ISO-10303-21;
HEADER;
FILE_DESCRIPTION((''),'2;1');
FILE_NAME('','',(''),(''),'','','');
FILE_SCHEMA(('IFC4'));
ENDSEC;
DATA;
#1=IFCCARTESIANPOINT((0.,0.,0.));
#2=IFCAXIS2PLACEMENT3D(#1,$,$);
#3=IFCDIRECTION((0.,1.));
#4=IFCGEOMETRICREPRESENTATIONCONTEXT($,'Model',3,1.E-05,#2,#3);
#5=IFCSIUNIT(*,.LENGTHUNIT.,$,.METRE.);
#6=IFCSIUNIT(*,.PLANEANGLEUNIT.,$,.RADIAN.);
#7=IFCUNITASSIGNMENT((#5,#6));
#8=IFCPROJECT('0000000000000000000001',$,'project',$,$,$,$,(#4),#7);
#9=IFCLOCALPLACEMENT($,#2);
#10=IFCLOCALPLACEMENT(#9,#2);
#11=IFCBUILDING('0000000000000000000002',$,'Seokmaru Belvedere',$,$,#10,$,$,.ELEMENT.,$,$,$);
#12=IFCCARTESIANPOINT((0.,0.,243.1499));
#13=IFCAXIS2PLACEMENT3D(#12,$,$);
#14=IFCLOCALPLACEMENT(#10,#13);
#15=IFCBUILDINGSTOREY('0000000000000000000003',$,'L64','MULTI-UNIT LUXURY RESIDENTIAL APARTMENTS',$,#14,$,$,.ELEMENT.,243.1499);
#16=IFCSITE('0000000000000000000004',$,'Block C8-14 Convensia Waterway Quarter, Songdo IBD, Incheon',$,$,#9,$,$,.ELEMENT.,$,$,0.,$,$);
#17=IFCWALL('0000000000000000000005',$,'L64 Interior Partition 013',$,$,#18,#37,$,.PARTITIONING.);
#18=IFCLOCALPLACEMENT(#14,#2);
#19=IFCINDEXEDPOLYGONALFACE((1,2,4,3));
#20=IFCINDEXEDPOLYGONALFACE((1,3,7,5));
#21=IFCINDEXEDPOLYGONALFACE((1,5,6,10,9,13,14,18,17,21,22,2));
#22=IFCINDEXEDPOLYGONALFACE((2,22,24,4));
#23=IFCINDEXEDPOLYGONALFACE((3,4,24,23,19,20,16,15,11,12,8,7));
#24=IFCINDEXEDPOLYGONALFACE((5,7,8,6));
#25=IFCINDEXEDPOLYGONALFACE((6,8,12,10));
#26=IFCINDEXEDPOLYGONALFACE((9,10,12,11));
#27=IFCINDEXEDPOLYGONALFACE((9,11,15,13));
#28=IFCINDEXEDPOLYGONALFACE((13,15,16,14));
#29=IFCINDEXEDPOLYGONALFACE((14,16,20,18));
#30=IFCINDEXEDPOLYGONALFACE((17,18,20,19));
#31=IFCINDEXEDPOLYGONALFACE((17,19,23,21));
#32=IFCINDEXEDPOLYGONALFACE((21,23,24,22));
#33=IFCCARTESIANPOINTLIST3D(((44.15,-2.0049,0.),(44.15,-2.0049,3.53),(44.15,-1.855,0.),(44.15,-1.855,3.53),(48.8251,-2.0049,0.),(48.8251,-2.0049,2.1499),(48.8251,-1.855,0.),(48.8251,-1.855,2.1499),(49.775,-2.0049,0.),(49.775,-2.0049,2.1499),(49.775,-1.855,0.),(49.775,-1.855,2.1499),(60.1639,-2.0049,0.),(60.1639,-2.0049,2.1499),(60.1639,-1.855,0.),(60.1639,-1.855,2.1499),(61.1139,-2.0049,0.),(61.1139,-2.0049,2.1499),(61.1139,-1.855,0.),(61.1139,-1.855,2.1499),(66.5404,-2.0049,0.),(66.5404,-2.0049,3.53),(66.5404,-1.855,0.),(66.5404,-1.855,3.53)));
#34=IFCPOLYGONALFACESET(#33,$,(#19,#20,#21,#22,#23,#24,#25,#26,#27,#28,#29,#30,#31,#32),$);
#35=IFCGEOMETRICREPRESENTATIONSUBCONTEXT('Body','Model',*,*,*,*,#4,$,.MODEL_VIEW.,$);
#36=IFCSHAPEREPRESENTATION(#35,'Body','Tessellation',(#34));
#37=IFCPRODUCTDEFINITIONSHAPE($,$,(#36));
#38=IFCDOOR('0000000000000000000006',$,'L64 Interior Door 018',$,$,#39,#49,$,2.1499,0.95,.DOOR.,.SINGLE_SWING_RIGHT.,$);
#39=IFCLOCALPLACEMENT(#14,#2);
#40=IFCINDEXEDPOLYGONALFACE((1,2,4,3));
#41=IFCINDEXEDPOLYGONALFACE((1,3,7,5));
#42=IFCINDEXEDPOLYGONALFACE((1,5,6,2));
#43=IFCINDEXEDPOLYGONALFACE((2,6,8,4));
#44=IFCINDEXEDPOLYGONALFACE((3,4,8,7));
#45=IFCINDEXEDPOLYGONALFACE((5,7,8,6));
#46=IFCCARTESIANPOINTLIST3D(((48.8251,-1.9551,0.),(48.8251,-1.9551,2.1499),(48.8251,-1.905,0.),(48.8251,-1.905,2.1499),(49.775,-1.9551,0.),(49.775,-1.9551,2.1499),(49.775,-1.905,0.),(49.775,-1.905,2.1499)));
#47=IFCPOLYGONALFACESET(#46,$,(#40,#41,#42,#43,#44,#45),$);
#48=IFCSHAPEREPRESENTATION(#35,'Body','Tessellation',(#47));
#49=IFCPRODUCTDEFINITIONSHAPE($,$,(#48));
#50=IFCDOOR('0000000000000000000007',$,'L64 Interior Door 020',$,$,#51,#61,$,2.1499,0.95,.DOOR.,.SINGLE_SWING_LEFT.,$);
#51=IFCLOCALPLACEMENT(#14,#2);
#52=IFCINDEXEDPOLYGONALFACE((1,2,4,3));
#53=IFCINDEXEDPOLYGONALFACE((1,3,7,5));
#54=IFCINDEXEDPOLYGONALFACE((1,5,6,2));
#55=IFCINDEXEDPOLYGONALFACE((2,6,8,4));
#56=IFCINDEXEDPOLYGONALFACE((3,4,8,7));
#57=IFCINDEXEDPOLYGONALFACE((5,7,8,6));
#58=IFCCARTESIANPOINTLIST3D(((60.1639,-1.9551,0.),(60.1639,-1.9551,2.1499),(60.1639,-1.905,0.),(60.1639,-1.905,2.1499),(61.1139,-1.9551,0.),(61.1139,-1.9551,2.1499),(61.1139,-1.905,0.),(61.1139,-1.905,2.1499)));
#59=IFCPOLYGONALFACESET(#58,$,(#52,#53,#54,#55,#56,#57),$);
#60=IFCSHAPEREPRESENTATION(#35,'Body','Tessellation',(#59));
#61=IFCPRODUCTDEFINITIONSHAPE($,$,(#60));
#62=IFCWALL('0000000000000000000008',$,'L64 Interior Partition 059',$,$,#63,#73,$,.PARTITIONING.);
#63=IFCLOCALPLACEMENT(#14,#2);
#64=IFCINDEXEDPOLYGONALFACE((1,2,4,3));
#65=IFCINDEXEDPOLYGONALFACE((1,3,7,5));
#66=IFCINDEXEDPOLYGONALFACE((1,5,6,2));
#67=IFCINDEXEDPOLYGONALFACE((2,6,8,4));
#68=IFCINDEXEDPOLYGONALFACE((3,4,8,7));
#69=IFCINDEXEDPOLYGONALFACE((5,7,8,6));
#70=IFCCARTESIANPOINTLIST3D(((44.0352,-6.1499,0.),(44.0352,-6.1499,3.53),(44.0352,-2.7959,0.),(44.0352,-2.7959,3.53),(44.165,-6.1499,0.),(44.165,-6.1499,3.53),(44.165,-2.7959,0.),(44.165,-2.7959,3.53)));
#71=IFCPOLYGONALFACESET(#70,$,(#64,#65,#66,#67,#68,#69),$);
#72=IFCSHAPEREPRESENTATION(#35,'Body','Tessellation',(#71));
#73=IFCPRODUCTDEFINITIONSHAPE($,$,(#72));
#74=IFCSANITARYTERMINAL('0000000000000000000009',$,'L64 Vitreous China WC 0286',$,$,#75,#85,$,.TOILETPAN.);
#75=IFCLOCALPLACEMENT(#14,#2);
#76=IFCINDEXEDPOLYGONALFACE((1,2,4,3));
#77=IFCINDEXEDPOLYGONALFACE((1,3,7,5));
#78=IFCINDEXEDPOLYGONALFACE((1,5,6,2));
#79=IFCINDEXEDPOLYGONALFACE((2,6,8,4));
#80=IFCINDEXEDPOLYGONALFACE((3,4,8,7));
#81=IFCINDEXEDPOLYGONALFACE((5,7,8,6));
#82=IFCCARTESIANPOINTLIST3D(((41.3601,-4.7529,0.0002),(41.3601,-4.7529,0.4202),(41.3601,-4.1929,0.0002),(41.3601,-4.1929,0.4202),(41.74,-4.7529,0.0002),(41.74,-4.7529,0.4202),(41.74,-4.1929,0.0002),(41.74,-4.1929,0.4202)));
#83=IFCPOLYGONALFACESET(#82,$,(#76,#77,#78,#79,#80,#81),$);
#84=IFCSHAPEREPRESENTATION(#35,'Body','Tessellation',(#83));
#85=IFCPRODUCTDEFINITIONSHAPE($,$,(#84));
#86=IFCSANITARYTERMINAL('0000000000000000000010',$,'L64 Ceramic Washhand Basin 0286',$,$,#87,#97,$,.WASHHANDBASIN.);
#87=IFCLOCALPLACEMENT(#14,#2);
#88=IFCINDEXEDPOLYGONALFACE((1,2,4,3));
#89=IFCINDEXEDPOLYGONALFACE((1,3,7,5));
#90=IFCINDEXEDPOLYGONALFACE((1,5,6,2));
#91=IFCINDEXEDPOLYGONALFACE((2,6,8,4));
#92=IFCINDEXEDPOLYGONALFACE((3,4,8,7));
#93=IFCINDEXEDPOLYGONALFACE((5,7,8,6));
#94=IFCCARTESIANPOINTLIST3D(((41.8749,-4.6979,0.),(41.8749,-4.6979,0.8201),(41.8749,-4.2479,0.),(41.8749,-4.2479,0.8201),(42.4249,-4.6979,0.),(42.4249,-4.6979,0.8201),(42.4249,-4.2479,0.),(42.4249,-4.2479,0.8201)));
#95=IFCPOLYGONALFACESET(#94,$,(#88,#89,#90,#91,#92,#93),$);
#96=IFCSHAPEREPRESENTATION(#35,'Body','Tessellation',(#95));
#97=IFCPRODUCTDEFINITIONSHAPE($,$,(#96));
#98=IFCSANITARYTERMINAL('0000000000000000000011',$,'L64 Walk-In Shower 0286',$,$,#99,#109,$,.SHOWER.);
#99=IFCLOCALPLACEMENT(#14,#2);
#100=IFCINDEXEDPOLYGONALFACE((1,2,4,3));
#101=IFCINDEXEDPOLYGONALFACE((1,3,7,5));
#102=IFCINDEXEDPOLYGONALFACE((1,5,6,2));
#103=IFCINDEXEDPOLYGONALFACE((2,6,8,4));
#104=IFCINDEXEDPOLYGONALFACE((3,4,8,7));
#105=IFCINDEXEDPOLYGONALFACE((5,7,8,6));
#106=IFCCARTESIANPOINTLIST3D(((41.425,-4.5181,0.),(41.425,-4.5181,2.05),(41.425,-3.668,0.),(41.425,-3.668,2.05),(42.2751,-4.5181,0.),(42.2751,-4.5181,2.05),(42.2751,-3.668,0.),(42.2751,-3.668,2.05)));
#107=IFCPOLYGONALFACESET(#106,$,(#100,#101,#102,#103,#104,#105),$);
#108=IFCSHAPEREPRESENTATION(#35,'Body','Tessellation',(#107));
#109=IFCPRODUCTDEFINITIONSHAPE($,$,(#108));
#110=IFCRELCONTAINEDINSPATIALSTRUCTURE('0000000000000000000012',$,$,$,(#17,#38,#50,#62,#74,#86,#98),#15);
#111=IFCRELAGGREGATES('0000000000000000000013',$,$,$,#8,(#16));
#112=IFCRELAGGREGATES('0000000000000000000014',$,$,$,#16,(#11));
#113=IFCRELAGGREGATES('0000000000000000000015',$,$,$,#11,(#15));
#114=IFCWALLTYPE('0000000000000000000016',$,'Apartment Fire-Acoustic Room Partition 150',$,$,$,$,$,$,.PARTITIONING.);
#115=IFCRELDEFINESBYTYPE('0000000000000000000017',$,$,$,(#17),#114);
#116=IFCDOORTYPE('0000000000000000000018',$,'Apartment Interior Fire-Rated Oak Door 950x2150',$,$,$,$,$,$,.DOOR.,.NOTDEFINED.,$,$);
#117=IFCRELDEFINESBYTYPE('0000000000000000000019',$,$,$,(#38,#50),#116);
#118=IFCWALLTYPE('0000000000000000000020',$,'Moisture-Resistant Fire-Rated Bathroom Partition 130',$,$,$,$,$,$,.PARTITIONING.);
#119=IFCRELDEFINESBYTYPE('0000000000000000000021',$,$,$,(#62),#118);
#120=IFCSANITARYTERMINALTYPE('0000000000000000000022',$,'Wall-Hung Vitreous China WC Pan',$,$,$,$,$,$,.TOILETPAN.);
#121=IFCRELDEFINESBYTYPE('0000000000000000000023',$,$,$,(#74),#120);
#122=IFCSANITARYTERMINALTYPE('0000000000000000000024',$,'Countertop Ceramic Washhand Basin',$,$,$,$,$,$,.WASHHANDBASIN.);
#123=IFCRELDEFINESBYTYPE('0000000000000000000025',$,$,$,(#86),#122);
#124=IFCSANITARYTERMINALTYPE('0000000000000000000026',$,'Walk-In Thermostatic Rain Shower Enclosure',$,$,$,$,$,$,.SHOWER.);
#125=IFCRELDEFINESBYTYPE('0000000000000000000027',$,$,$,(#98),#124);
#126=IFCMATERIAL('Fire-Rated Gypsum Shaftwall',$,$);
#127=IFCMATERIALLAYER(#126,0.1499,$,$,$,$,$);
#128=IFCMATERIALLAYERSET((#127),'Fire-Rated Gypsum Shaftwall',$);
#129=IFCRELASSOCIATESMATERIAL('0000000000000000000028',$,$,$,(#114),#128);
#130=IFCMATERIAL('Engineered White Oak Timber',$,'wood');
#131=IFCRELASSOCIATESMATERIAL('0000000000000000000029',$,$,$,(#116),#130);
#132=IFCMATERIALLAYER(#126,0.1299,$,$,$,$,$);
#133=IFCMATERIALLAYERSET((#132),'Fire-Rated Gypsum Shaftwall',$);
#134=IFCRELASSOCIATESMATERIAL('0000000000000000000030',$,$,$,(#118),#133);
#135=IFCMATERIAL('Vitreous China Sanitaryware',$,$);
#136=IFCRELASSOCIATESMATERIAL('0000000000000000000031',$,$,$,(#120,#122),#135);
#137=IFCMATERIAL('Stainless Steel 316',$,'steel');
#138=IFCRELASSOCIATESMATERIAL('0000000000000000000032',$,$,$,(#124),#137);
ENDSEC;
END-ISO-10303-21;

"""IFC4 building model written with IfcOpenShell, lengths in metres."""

from ifc_helpers import new_model, si_unit, direction, frame, frame_2d, origin, origin_2d, place, context, subcontext, project, spatial, rectangle, extrude, source, transform, mapped, material, layer, layer_set, type_object, type_shapes, element, fill, save


model = new_model("IFC4")

# Units and contexts
model_context = context("Model", 3, precision=1e-05, world=origin(), true_north=direction((0.0, 1.0)))
body_context = subcontext(model_context, "Body", "Model", "MODEL_VIEW")
ifc_project = project(units=[si_unit("LENGTHUNIT", "METRE"), si_unit("PLANEANGLEUNIT", "RADIAN")], contexts=[model_context])

# Site, building, storey
site_placement = place(None, origin())
site = spatial("IfcSite", under=ifc_project, at=site_placement, Name="Block C8-14 Convensia Waterway Quarter, Songdo IBD, Incheon", CompositionType="ELEMENT", RefElevation=0.0)
building_placement = place(site_placement, origin())
building = spatial("IfcBuilding", under=site, at=building_placement, Name="Seokmaru Belvedere", CompositionType="ELEMENT")
storey_placement = place(building_placement, frame((0.0, 0.0, 243.1499)))
storey = spatial("IfcBuildingStorey", under=building, at=storey_placement, Name="L64", Description="MULTI-UNIT LUXURY RESIDENTIAL APARTMENTS", CompositionType="ELEMENT", Elevation=243.1499)

# Wall, openings, doors
ifc_material_1 = material(Name="Fire-Rated Gypsum Shaftwall")
ifc_layer_1 = layer(ifc_material_1, 0.1499)
ifc_layer_set_1 = layer_set([ifc_layer_1], Name="Fire-Rated Gypsum Shaftwall")
wall_type_1 = type_object("IfcWallType", Name="Apartment Fire-Acoustic Room Partition 150", PredefinedType="PARTITIONING", material=ifc_layer_set_1)
wall_1_placement = place(storey_placement, frame((44.1499, -1.9299, 0.0), z_axis=(0.0, 0.0, 1.0), x_axis=(1.0, 0.0, 0.0)))
wall_1 = element("IfcWall", 1, at=wall_1_placement, inside=storey, type_object=wall_type_1, Name="L64 Interior Partition 013", PredefinedType="PARTITIONING", context=body_context, shape_type="SweptSolid", body=[
    extrude(rectangle(XDim=22.3904, YDim=0.1499, at=frame_2d((11.1953, 0.0))), origin(), (0.0, 0.0, 1.0), 3.53),
])
opening_1_placement = place(wall_1_placement, frame((4.675, 0.0, 0.0)))
opening_1 = element("IfcOpeningElement", 2, at=opening_1_placement, cuts=wall_1, PredefinedType="OPENING", context=body_context, shape_type="SweptSolid", body=[
    extrude(rectangle(XDim=0.95, YDim=2.1499, at=frame_2d((0.4751, 1.075))), frame((0.0, 0.085, 0.0), z_axis=(0.0, -1.0, 0.0), x_axis=(1.0, 0.0, 0.0)), (0.0, 0.0, 1.0), 0.1699),
])
opening_2_placement = place(wall_1_placement, frame((16.0139, 0.0, 0.0)))
opening_2 = element("IfcOpeningElement", 3, at=opening_2_placement, cuts=wall_1, PredefinedType="OPENING", context=body_context, shape_type="SweptSolid", body=[
    extrude(rectangle(XDim=0.95, YDim=2.1499, at=frame_2d((0.4751, 1.075))), frame((0.0, 0.085, 0.0), z_axis=(0.0, -1.0, 0.0), x_axis=(1.0, 0.0, 0.0)), (0.0, 0.0, 1.0), 0.1699),
])
ifc_material_2 = material(Name="Engineered White Oak Timber", Category="wood")
door_type = type_object("IfcDoorType", Name="Apartment Interior Fire-Rated Oak Door 950x2150", OperationType="NOTDEFINED", PredefinedType="DOOR", material=ifc_material_2)
shared_shape_1 = source(origin(), body_context, "Body", "SweptSolid", [
    extrude(rectangle(XDim=0.95, YDim=2.1499, at=frame_2d((0.4751, 1.075))), frame((0.0, 0.0249, 0.0), z_axis=(0.0, -1.0, 0.0), x_axis=(1.0, 0.0, 0.0)), (0.0, 0.0, 1.0), 0.05),
])
type_shapes(door_type, [shared_shape_1])
door_1_placement = place(opening_1_placement, origin())
door_1 = element("IfcDoor", 4, at=door_1_placement, inside=storey, type_object=door_type, Name="L64 Interior Door 018", OperationType="SINGLE_SWING_RIGHT", OverallHeight=2.1499, OverallWidth=0.95, PredefinedType="DOOR", context=body_context, shape_type="MappedRepresentation", body=[
    mapped(shared_shape_1, transform((0.0, 0.0, 0.0), scale=1.0)),
])
fill(opening_1, door_1)
door_2_placement = place(opening_2_placement, origin())
door_2 = element("IfcDoor", 5, at=door_2_placement, inside=storey, type_object=door_type, Name="L64 Interior Door 020", OperationType="SINGLE_SWING_LEFT", OverallHeight=2.1499, OverallWidth=0.95, PredefinedType="DOOR", context=body_context, shape_type="MappedRepresentation", body=[
    mapped(shared_shape_1, transform((0.0, 0.0, 0.0), scale=1.0)),
])
fill(opening_2, door_2)

# Wall
ifc_layer_2 = layer(ifc_material_1, 0.1299)
ifc_layer_set_2 = layer_set([ifc_layer_2], Name="Fire-Rated Gypsum Shaftwall")
wall_type_2 = type_object("IfcWallType", Name="Moisture-Resistant Fire-Rated Bathroom Partition 130", PredefinedType="PARTITIONING", material=ifc_layer_set_2)
wall_2_placement = place(storey_placement, frame((44.1001, -6.1499, 0.0), z_axis=(0.0, 0.0, 1.0), x_axis=(0.0, 1.0, 0.0)))
element("IfcWall", 6, at=wall_2_placement, inside=storey, type_object=wall_type_2, Name="L64 Interior Partition 059", PredefinedType="PARTITIONING", context=body_context, shape_type="SweptSolid", body=[
    extrude(rectangle(XDim=3.354, YDim=0.1299, at=frame_2d((1.677, 0.0))), origin(), (0.0, 0.0, 1.0), 3.53),
])

# Sanitary terminals
ifc_material_3 = material(Name="Vitreous China Sanitaryware")
sanitary_terminal_type_1 = type_object("IfcSanitaryTerminalType", Name="Wall-Hung Vitreous China WC Pan", PredefinedType="TOILETPAN", material=ifc_material_3)
shared_shape_2 = source(origin(), body_context, "Body", "SweptSolid", [
    extrude(rectangle(XDim=0.3799, YDim=0.5601, at=origin_2d()), origin(), (0.0, 0.0, 1.0), 0.4199),
])
type_shapes(sanitary_terminal_type_1, [shared_shape_2])
sanitary_terminal_1_placement = place(storey_placement, frame((41.55, -4.4729, 0.0002), z_axis=(0.0, 0.0, 1.0), x_axis=(1.0, 0.0, 0.0)))
element("IfcSanitaryTerminal", 7, at=sanitary_terminal_1_placement, inside=storey, type_object=sanitary_terminal_type_1, Name="L64 Vitreous China WC 0286", PredefinedType="TOILETPAN", context=body_context, shape_type="MappedRepresentation", body=[
    mapped(shared_shape_2, transform((0.0, 0.0, 0.0), scale=1.0)),
])
sanitary_terminal_type_2 = type_object("IfcSanitaryTerminalType", Name="Countertop Ceramic Washhand Basin", PredefinedType="WASHHANDBASIN", material=ifc_material_3)
shared_shape_3 = source(origin(), body_context, "Body", "SweptSolid", [
    extrude(rectangle(XDim=0.55, YDim=0.45, at=origin_2d()), origin(), (0.0, 0.0, 1.0), 0.8201),
])
type_shapes(sanitary_terminal_type_2, [shared_shape_3])
sanitary_terminal_2_placement = place(storey_placement, frame((42.1499, -4.4729, 0.0), z_axis=(0.0, 0.0, 1.0), x_axis=(1.0, 0.0, 0.0)))
element("IfcSanitaryTerminal", 8, at=sanitary_terminal_2_placement, inside=storey, type_object=sanitary_terminal_type_2, Name="L64 Ceramic Washhand Basin 0286", PredefinedType="WASHHANDBASIN", context=body_context, shape_type="MappedRepresentation", body=[
    mapped(shared_shape_3, transform((0.0, 0.0, 0.0), scale=1.0)),
])
ifc_material_4 = material(Name="Stainless Steel 316", Category="steel")
sanitary_terminal_type_3 = type_object("IfcSanitaryTerminalType", Name="Walk-In Thermostatic Rain Shower Enclosure", PredefinedType="SHOWER", material=ifc_material_4)
shared_shape_4 = source(origin(), body_context, "Body", "SweptSolid", [
    extrude(rectangle(XDim=0.8501, YDim=0.8501, at=origin_2d()), origin(), (0.0, 0.0, 1.0), 2.05),
])
type_shapes(sanitary_terminal_type_3, [shared_shape_4])
sanitary_terminal_3_placement = place(storey_placement, frame((41.8501, -4.093, 0.0), z_axis=(0.0, 0.0, 1.0), x_axis=(1.0, 0.0, 0.0)))
element("IfcSanitaryTerminal", 9, at=sanitary_terminal_3_placement, inside=storey, type_object=sanitary_terminal_type_3, Name="L64 Walk-In Shower 0286", PredefinedType="SHOWER", context=body_context, shape_type="MappedRepresentation", body=[
    mapped(shared_shape_4, transform((0.0, 0.0, 0.0), scale=1.0)),
])

save(model, "model.ifc")
